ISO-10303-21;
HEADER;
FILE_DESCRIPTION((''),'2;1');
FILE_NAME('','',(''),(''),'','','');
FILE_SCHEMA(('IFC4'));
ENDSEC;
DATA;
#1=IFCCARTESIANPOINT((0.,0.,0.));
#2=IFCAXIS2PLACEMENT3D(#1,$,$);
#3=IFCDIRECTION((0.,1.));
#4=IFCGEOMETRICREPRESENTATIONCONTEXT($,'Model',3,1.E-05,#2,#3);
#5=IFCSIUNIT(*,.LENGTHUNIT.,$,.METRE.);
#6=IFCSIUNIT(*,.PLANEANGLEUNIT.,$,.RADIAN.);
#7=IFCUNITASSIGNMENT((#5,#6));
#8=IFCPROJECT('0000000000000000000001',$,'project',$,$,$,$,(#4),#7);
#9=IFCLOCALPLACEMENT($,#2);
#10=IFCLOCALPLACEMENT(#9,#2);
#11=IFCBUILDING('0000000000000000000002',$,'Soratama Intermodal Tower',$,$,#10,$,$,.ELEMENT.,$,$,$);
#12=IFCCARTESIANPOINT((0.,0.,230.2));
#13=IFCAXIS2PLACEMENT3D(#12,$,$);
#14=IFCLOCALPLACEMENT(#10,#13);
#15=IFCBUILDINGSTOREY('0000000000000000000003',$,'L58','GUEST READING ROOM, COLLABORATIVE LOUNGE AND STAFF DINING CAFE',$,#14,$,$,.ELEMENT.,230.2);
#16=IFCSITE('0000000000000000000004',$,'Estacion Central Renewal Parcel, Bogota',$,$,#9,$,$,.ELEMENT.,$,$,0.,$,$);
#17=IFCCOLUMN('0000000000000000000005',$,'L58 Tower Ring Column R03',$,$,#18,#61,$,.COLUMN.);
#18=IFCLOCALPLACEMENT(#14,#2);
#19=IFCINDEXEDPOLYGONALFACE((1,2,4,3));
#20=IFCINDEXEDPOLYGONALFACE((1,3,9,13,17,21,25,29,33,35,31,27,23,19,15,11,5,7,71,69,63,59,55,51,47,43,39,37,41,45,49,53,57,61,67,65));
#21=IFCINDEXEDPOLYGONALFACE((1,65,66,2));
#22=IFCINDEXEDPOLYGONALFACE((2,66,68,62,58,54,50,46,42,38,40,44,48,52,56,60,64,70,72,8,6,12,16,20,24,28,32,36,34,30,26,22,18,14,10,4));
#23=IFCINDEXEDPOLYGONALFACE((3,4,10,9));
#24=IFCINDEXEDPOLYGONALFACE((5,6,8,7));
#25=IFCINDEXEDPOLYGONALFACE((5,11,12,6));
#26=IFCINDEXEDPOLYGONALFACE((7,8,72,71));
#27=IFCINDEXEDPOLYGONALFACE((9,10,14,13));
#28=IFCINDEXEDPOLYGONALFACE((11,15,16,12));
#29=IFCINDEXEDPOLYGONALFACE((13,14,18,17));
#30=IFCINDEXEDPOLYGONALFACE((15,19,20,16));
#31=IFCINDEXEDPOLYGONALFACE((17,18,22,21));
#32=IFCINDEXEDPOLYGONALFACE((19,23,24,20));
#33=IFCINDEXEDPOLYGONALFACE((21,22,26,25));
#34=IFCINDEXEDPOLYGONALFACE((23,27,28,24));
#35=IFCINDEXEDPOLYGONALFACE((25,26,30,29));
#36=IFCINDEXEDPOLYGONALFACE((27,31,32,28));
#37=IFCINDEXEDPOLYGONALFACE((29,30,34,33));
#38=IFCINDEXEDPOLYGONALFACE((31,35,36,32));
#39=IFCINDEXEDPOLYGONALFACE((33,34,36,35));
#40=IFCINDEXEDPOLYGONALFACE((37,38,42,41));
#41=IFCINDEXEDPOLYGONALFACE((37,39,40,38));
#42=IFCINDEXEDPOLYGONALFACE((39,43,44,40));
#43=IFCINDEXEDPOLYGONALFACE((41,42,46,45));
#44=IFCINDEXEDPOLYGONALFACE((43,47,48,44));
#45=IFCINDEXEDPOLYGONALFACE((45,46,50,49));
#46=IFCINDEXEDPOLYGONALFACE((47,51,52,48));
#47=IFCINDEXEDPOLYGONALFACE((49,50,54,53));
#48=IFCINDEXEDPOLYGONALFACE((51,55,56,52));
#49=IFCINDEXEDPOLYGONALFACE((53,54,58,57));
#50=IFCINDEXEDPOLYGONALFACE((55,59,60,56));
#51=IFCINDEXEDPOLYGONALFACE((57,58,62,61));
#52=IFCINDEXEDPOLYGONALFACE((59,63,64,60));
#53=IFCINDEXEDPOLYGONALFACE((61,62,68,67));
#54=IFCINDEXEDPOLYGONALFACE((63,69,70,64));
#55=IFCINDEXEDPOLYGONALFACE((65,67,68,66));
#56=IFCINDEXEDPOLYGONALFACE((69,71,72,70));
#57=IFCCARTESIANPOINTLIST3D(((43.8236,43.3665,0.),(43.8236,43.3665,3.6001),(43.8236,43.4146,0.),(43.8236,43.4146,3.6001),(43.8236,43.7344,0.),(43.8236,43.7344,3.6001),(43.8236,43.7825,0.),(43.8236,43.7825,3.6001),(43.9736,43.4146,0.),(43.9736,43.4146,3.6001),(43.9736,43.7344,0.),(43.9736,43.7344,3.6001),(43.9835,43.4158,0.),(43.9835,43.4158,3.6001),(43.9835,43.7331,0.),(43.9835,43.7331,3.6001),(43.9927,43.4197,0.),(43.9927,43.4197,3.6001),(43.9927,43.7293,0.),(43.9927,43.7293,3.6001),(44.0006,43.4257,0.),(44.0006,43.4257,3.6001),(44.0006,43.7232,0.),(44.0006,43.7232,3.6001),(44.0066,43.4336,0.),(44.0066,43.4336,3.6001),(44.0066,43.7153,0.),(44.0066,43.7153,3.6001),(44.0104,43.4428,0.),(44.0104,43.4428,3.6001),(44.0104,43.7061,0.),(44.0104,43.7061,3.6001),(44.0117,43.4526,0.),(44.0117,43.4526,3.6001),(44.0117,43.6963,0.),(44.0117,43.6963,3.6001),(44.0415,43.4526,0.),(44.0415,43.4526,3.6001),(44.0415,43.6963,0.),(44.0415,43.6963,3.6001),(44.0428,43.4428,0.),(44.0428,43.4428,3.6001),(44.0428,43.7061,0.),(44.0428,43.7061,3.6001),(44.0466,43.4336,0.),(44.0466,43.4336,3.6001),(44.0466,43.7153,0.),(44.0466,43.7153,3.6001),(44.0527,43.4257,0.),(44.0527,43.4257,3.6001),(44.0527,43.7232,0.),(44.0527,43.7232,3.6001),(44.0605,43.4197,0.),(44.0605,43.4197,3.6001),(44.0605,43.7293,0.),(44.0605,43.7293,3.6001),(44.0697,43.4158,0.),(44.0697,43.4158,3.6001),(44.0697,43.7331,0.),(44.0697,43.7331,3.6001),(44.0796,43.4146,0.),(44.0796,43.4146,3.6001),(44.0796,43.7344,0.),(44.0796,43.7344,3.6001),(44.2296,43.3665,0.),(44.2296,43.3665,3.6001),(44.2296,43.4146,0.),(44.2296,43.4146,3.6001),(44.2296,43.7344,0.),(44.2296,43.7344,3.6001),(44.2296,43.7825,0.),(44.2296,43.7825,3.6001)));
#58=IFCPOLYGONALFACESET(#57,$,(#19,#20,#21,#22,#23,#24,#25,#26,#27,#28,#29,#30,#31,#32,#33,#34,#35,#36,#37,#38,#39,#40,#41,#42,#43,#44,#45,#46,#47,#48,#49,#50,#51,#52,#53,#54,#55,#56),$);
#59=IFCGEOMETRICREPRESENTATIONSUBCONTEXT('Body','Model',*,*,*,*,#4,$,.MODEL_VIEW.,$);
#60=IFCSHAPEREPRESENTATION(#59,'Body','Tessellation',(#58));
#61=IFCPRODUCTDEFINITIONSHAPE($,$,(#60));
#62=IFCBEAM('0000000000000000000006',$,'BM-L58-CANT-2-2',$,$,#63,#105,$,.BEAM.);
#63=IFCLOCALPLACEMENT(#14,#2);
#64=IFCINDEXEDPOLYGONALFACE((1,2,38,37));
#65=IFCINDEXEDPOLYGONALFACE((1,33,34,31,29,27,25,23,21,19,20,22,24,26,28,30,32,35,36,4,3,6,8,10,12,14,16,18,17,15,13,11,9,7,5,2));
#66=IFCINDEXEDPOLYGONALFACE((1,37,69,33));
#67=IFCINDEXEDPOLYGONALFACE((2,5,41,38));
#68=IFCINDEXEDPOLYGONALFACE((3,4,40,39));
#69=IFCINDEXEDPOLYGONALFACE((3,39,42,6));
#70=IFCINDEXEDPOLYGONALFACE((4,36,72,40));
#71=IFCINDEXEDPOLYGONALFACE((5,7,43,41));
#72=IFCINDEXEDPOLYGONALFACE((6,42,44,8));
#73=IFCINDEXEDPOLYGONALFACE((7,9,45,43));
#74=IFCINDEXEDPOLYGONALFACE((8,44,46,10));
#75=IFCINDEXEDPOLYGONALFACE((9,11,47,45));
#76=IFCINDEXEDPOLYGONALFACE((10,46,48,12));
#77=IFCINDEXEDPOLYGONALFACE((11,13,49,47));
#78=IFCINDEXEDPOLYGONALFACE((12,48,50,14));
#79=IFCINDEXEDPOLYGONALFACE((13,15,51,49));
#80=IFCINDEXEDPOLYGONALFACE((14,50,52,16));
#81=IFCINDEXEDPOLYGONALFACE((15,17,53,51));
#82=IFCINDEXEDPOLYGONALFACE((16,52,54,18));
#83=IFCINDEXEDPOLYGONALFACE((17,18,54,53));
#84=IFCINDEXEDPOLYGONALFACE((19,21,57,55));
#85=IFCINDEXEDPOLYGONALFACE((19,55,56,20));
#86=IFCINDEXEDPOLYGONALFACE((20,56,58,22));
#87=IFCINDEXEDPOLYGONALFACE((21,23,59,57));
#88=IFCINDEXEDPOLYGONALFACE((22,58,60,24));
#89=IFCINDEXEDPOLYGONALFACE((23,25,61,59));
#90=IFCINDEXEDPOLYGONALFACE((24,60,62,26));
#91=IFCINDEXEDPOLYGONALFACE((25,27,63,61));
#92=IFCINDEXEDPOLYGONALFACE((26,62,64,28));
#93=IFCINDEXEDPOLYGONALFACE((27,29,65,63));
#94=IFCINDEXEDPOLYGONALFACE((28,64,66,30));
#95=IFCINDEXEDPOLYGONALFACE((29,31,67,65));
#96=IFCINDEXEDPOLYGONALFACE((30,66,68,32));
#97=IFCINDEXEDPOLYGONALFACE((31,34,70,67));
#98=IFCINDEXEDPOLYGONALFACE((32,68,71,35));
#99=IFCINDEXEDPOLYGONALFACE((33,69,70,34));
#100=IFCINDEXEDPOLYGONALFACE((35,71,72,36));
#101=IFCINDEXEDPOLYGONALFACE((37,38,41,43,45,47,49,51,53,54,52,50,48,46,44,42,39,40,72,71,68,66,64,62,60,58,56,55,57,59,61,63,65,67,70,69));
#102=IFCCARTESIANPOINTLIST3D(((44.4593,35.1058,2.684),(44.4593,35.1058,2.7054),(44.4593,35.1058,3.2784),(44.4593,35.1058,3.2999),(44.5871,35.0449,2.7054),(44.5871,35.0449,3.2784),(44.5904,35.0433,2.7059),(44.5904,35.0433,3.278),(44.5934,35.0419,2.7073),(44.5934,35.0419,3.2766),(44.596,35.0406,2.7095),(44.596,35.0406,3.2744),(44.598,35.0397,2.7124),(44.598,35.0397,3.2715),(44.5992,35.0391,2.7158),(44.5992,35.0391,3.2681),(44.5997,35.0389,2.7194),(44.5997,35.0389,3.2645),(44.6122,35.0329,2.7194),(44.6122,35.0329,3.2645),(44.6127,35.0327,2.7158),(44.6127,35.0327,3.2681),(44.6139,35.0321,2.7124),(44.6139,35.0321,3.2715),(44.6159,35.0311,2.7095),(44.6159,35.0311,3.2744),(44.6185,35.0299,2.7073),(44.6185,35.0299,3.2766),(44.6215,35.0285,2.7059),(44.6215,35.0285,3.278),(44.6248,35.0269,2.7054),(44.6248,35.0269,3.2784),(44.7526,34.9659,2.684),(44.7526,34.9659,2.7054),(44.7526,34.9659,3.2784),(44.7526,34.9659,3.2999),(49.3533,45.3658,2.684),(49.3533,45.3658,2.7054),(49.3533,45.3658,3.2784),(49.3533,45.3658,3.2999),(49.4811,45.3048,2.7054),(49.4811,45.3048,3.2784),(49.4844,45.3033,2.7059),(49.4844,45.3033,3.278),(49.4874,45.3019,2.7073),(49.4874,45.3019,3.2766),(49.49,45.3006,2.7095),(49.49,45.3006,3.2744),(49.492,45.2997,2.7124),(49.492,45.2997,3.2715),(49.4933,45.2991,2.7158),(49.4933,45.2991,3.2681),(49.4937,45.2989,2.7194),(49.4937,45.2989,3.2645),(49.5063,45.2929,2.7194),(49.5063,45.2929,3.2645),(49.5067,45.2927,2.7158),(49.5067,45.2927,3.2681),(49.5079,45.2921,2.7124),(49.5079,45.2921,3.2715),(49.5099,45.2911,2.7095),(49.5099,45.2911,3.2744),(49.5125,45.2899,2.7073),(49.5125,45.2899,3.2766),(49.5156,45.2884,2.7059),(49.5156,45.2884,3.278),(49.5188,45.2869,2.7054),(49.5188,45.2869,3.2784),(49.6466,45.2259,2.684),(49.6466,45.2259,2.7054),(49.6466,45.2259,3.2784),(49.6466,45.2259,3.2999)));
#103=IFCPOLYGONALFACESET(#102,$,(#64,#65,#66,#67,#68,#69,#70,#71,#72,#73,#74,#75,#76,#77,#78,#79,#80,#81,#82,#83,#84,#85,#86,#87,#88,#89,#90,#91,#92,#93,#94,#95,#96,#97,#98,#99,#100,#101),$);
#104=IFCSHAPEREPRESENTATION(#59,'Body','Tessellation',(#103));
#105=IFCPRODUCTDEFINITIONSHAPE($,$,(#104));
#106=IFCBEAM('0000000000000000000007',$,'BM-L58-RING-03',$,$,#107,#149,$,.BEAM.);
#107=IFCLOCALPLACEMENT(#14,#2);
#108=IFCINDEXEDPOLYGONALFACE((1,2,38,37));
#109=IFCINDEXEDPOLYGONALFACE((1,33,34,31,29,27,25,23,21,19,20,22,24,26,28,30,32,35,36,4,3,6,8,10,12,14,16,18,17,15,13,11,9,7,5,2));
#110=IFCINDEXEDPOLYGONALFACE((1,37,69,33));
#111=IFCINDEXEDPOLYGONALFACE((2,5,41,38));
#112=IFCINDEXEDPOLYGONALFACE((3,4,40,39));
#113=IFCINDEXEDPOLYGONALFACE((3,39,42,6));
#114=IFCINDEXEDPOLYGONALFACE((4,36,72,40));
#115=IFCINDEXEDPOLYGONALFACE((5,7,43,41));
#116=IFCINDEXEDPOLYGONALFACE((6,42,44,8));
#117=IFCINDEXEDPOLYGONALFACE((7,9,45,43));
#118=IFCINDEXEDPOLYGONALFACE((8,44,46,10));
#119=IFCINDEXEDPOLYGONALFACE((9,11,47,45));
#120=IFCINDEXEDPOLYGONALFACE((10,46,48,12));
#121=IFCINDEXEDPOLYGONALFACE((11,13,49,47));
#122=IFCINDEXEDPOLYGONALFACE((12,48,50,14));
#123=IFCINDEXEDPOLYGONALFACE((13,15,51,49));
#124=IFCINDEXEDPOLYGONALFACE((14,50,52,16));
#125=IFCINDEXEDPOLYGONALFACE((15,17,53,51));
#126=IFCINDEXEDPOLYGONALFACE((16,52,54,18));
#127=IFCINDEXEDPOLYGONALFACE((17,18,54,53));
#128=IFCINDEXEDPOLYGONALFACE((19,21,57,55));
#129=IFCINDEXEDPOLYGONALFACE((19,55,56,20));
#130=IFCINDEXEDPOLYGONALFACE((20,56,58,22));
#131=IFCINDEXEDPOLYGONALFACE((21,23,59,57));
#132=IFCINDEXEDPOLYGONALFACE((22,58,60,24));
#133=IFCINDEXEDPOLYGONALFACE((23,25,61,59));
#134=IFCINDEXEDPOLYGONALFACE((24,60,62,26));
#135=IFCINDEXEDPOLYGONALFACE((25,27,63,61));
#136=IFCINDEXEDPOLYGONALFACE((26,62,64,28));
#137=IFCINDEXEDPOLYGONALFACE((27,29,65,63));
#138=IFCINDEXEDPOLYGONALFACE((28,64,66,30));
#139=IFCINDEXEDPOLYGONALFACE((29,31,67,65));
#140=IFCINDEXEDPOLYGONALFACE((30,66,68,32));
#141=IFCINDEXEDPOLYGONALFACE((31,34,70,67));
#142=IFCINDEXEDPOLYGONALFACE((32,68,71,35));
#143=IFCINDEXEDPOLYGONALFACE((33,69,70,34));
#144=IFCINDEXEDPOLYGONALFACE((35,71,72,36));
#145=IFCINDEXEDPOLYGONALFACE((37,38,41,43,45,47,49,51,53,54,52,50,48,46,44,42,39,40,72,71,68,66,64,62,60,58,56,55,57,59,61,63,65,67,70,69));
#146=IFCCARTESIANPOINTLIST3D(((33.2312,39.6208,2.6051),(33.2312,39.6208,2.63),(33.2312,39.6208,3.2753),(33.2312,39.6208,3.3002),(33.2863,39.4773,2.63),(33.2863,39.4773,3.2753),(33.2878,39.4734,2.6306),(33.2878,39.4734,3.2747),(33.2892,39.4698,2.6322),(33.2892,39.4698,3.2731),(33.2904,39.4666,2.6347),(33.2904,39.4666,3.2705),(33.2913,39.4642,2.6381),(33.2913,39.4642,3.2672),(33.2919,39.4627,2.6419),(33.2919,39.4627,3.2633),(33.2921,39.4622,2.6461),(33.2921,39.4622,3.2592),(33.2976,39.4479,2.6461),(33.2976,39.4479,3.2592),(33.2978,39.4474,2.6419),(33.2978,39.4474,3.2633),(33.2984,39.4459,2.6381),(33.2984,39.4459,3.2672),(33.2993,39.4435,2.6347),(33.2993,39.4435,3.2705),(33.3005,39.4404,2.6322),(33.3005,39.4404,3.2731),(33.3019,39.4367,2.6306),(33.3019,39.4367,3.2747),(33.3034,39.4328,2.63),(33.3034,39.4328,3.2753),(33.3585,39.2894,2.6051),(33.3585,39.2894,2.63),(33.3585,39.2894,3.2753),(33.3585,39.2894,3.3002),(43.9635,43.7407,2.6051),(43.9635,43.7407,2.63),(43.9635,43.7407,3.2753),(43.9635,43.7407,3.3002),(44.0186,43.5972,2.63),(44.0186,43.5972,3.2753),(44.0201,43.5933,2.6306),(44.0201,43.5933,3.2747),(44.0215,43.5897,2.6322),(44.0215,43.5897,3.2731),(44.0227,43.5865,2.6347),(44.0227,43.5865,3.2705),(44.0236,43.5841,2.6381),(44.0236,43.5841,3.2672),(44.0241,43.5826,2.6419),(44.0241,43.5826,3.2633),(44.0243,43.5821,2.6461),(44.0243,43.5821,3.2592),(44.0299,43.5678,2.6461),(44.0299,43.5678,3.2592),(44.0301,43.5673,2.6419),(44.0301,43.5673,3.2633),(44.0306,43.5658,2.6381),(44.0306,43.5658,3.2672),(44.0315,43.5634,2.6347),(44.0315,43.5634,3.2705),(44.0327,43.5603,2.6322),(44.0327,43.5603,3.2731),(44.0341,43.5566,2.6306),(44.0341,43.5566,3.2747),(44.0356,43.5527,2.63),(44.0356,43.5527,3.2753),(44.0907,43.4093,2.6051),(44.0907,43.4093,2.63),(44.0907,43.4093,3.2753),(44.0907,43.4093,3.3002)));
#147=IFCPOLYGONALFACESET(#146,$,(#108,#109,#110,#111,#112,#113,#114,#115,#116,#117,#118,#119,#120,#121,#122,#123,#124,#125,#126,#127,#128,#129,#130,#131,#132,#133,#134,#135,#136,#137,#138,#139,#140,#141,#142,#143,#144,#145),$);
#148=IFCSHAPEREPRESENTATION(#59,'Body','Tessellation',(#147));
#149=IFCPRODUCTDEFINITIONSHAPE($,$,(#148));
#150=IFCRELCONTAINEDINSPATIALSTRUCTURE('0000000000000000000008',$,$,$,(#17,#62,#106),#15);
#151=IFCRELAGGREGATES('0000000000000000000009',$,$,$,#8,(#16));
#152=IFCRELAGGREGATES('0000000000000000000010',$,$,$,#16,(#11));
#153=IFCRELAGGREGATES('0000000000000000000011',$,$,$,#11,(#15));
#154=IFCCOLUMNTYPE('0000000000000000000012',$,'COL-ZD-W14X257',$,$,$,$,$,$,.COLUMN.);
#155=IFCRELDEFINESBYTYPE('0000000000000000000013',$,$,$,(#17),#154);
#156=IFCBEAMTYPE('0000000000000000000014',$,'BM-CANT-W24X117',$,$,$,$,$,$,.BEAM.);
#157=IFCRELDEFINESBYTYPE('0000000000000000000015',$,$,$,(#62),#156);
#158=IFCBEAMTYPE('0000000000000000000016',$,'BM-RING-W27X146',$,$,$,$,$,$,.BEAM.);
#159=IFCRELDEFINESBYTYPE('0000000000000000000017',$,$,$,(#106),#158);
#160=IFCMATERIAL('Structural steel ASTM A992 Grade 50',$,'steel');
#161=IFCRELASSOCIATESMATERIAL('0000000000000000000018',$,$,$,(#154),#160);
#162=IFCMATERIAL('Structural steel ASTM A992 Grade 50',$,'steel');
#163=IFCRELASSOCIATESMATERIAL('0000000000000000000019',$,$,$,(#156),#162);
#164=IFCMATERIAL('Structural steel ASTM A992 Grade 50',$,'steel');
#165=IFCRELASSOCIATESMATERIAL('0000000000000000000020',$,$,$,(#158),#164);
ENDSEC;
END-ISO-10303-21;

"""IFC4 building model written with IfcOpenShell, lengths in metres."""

from ifc_helpers import new_model, si_unit, direction, frame, origin, origin_2d, place, context, subcontext, project, spatial, i_section, extrude, material, material_profile, profile_set, type_object, element, save


model = new_model("IFC4")

# Units and contexts
model_context = context("Model", 3, precision=1e-05, world=origin(), true_north=direction((0.0, 1.0)))
body_context = subcontext(model_context, "Body", "Model", "MODEL_VIEW")
ifc_project = project(units=[si_unit("LENGTHUNIT", "METRE"), si_unit("PLANEANGLEUNIT", "RADIAN")], contexts=[model_context])

# Site, building, storey
site_placement = place(None, origin())
site = spatial("IfcSite", under=ifc_project, at=site_placement, Name="Estacion Central Renewal Parcel, Bogota", CompositionType="ELEMENT", RefElevation=0.0)
building_placement = place(site_placement, origin())
building = spatial("IfcBuilding", under=site, at=building_placement, Name="Soratama Intermodal Tower", CompositionType="ELEMENT")
storey_placement = place(building_placement, frame((0.0, 0.0, 230.2)))
storey = spatial("IfcBuildingStorey", under=building, at=storey_placement, Name="L58", Description="GUEST READING ROOM, COLLABORATIVE LOUNGE AND STAFF DINING CAFE", CompositionType="ELEMENT", Elevation=230.2)

# Column
ifc_material_1 = material(Name="Structural steel ASTM A992 Grade 50", Category="steel")
ifc_material_profile_1 = material_profile(ifc_material_1, i_section(OverallWidth=0.406, OverallDepth=0.416, WebThickness=0.0298, FlangeThickness=0.0481, FilletRadius=0.0381, at=origin_2d()), Name="W14X257")
ifc_profile_set_1 = profile_set([ifc_material_profile_1], Name="Structural steel ASTM A992 Grade 50")
column_type = type_object("IfcColumnType", Name="COL-ZD-W14X257", PredefinedType="COLUMN", material=ifc_profile_set_1)
column_placement = place(storey_placement, frame((44.0266, 43.5745, 0.0), z_axis=(0.0, 0.0, 1.0), x_axis=(1.0, 0.0, 0.0)))
element("IfcColumn", 1, at=column_placement, inside=storey, type_object=column_type, Name="L58 Tower Ring Column R03", PredefinedType="COLUMN", context=body_context, shape_type="SweptSolid", body=[
    extrude(i_section(OverallWidth=0.406, OverallDepth=0.416, WebThickness=0.0298, FlangeThickness=0.0481, FilletRadius=0.0381, at=origin_2d()), origin(), (0.0, 0.0, 1.0), 3.6001),
])

# Beams
ifc_material_2 = material(Name="Structural steel ASTM A992 Grade 50", Category="steel")
ifc_material_profile_2 = material_profile(ifc_material_2, i_section(OverallWidth=0.325, OverallDepth=0.616, WebThickness=0.0139, FlangeThickness=0.0215, FilletRadius=0.0139, at=origin_2d()), Name="W24X117")
ifc_profile_set_2 = profile_set([ifc_material_profile_2], Name="Structural steel ASTM A992 Grade 50")
beam_type_1 = type_object("IfcBeamType", Name="BM-CANT-W24X117", PredefinedType="BEAM", material=ifc_profile_set_2)
beam_1_placement = place(storey_placement, frame((44.606, 35.0359, 2.9919), z_axis=(0.43053, 0.902576, 0.0), x_axis=(-0.902576, 0.43053, 0.0)))
element("IfcBeam", 2, at=beam_1_placement, inside=storey, type_object=beam_type_1, Name="BM-L58-CANT-2-2", PredefinedType="BEAM", context=body_context, shape_type="SweptSolid", body=[
    extrude(i_section(OverallWidth=0.325, OverallDepth=0.616, WebThickness=0.0139, FlangeThickness=0.0215, FilletRadius=0.0139, at=origin_2d()), origin(), (0.0, 0.0, 1.0), 11.3674),
])
ifc_material_3 = material(Name="Structural steel ASTM A992 Grade 50", Category="steel")
ifc_material_profile_3 = material_profile(ifc_material_3, i_section(OverallWidth=0.355, OverallDepth=0.6951, WebThickness=0.0154, FlangeThickness=0.0249, FilletRadius=0.0161, at=origin_2d()), Name="W27X146")
ifc_profile_set_3 = profile_set([ifc_material_profile_3], Name="Structural steel ASTM A992 Grade 50")
beam_type_2 = type_object("IfcBeamType", Name="BM-RING-W27X146", PredefinedType="BEAM", material=ifc_profile_set_3)
beam_2_placement = place(storey_placement, frame((44.0271, 43.575, 2.9526), z_axis=(-0.933575, -0.358381, 0.0), x_axis=(0.358381, -0.933575, 0.0)))
element("IfcBeam", 3, at=beam_2_placement, inside=storey, type_object=beam_type_2, Name="BM-L58-RING-03", PredefinedType="BEAM", context=body_context, shape_type="SweptSolid", body=[
    extrude(i_section(OverallWidth=0.355, OverallDepth=0.6951, WebThickness=0.0154, FlangeThickness=0.0249, FilletRadius=0.0161, at=origin_2d()), origin(), (0.0, 0.0, 1.0), 11.4958),
])

save(model, "model.ifc")
